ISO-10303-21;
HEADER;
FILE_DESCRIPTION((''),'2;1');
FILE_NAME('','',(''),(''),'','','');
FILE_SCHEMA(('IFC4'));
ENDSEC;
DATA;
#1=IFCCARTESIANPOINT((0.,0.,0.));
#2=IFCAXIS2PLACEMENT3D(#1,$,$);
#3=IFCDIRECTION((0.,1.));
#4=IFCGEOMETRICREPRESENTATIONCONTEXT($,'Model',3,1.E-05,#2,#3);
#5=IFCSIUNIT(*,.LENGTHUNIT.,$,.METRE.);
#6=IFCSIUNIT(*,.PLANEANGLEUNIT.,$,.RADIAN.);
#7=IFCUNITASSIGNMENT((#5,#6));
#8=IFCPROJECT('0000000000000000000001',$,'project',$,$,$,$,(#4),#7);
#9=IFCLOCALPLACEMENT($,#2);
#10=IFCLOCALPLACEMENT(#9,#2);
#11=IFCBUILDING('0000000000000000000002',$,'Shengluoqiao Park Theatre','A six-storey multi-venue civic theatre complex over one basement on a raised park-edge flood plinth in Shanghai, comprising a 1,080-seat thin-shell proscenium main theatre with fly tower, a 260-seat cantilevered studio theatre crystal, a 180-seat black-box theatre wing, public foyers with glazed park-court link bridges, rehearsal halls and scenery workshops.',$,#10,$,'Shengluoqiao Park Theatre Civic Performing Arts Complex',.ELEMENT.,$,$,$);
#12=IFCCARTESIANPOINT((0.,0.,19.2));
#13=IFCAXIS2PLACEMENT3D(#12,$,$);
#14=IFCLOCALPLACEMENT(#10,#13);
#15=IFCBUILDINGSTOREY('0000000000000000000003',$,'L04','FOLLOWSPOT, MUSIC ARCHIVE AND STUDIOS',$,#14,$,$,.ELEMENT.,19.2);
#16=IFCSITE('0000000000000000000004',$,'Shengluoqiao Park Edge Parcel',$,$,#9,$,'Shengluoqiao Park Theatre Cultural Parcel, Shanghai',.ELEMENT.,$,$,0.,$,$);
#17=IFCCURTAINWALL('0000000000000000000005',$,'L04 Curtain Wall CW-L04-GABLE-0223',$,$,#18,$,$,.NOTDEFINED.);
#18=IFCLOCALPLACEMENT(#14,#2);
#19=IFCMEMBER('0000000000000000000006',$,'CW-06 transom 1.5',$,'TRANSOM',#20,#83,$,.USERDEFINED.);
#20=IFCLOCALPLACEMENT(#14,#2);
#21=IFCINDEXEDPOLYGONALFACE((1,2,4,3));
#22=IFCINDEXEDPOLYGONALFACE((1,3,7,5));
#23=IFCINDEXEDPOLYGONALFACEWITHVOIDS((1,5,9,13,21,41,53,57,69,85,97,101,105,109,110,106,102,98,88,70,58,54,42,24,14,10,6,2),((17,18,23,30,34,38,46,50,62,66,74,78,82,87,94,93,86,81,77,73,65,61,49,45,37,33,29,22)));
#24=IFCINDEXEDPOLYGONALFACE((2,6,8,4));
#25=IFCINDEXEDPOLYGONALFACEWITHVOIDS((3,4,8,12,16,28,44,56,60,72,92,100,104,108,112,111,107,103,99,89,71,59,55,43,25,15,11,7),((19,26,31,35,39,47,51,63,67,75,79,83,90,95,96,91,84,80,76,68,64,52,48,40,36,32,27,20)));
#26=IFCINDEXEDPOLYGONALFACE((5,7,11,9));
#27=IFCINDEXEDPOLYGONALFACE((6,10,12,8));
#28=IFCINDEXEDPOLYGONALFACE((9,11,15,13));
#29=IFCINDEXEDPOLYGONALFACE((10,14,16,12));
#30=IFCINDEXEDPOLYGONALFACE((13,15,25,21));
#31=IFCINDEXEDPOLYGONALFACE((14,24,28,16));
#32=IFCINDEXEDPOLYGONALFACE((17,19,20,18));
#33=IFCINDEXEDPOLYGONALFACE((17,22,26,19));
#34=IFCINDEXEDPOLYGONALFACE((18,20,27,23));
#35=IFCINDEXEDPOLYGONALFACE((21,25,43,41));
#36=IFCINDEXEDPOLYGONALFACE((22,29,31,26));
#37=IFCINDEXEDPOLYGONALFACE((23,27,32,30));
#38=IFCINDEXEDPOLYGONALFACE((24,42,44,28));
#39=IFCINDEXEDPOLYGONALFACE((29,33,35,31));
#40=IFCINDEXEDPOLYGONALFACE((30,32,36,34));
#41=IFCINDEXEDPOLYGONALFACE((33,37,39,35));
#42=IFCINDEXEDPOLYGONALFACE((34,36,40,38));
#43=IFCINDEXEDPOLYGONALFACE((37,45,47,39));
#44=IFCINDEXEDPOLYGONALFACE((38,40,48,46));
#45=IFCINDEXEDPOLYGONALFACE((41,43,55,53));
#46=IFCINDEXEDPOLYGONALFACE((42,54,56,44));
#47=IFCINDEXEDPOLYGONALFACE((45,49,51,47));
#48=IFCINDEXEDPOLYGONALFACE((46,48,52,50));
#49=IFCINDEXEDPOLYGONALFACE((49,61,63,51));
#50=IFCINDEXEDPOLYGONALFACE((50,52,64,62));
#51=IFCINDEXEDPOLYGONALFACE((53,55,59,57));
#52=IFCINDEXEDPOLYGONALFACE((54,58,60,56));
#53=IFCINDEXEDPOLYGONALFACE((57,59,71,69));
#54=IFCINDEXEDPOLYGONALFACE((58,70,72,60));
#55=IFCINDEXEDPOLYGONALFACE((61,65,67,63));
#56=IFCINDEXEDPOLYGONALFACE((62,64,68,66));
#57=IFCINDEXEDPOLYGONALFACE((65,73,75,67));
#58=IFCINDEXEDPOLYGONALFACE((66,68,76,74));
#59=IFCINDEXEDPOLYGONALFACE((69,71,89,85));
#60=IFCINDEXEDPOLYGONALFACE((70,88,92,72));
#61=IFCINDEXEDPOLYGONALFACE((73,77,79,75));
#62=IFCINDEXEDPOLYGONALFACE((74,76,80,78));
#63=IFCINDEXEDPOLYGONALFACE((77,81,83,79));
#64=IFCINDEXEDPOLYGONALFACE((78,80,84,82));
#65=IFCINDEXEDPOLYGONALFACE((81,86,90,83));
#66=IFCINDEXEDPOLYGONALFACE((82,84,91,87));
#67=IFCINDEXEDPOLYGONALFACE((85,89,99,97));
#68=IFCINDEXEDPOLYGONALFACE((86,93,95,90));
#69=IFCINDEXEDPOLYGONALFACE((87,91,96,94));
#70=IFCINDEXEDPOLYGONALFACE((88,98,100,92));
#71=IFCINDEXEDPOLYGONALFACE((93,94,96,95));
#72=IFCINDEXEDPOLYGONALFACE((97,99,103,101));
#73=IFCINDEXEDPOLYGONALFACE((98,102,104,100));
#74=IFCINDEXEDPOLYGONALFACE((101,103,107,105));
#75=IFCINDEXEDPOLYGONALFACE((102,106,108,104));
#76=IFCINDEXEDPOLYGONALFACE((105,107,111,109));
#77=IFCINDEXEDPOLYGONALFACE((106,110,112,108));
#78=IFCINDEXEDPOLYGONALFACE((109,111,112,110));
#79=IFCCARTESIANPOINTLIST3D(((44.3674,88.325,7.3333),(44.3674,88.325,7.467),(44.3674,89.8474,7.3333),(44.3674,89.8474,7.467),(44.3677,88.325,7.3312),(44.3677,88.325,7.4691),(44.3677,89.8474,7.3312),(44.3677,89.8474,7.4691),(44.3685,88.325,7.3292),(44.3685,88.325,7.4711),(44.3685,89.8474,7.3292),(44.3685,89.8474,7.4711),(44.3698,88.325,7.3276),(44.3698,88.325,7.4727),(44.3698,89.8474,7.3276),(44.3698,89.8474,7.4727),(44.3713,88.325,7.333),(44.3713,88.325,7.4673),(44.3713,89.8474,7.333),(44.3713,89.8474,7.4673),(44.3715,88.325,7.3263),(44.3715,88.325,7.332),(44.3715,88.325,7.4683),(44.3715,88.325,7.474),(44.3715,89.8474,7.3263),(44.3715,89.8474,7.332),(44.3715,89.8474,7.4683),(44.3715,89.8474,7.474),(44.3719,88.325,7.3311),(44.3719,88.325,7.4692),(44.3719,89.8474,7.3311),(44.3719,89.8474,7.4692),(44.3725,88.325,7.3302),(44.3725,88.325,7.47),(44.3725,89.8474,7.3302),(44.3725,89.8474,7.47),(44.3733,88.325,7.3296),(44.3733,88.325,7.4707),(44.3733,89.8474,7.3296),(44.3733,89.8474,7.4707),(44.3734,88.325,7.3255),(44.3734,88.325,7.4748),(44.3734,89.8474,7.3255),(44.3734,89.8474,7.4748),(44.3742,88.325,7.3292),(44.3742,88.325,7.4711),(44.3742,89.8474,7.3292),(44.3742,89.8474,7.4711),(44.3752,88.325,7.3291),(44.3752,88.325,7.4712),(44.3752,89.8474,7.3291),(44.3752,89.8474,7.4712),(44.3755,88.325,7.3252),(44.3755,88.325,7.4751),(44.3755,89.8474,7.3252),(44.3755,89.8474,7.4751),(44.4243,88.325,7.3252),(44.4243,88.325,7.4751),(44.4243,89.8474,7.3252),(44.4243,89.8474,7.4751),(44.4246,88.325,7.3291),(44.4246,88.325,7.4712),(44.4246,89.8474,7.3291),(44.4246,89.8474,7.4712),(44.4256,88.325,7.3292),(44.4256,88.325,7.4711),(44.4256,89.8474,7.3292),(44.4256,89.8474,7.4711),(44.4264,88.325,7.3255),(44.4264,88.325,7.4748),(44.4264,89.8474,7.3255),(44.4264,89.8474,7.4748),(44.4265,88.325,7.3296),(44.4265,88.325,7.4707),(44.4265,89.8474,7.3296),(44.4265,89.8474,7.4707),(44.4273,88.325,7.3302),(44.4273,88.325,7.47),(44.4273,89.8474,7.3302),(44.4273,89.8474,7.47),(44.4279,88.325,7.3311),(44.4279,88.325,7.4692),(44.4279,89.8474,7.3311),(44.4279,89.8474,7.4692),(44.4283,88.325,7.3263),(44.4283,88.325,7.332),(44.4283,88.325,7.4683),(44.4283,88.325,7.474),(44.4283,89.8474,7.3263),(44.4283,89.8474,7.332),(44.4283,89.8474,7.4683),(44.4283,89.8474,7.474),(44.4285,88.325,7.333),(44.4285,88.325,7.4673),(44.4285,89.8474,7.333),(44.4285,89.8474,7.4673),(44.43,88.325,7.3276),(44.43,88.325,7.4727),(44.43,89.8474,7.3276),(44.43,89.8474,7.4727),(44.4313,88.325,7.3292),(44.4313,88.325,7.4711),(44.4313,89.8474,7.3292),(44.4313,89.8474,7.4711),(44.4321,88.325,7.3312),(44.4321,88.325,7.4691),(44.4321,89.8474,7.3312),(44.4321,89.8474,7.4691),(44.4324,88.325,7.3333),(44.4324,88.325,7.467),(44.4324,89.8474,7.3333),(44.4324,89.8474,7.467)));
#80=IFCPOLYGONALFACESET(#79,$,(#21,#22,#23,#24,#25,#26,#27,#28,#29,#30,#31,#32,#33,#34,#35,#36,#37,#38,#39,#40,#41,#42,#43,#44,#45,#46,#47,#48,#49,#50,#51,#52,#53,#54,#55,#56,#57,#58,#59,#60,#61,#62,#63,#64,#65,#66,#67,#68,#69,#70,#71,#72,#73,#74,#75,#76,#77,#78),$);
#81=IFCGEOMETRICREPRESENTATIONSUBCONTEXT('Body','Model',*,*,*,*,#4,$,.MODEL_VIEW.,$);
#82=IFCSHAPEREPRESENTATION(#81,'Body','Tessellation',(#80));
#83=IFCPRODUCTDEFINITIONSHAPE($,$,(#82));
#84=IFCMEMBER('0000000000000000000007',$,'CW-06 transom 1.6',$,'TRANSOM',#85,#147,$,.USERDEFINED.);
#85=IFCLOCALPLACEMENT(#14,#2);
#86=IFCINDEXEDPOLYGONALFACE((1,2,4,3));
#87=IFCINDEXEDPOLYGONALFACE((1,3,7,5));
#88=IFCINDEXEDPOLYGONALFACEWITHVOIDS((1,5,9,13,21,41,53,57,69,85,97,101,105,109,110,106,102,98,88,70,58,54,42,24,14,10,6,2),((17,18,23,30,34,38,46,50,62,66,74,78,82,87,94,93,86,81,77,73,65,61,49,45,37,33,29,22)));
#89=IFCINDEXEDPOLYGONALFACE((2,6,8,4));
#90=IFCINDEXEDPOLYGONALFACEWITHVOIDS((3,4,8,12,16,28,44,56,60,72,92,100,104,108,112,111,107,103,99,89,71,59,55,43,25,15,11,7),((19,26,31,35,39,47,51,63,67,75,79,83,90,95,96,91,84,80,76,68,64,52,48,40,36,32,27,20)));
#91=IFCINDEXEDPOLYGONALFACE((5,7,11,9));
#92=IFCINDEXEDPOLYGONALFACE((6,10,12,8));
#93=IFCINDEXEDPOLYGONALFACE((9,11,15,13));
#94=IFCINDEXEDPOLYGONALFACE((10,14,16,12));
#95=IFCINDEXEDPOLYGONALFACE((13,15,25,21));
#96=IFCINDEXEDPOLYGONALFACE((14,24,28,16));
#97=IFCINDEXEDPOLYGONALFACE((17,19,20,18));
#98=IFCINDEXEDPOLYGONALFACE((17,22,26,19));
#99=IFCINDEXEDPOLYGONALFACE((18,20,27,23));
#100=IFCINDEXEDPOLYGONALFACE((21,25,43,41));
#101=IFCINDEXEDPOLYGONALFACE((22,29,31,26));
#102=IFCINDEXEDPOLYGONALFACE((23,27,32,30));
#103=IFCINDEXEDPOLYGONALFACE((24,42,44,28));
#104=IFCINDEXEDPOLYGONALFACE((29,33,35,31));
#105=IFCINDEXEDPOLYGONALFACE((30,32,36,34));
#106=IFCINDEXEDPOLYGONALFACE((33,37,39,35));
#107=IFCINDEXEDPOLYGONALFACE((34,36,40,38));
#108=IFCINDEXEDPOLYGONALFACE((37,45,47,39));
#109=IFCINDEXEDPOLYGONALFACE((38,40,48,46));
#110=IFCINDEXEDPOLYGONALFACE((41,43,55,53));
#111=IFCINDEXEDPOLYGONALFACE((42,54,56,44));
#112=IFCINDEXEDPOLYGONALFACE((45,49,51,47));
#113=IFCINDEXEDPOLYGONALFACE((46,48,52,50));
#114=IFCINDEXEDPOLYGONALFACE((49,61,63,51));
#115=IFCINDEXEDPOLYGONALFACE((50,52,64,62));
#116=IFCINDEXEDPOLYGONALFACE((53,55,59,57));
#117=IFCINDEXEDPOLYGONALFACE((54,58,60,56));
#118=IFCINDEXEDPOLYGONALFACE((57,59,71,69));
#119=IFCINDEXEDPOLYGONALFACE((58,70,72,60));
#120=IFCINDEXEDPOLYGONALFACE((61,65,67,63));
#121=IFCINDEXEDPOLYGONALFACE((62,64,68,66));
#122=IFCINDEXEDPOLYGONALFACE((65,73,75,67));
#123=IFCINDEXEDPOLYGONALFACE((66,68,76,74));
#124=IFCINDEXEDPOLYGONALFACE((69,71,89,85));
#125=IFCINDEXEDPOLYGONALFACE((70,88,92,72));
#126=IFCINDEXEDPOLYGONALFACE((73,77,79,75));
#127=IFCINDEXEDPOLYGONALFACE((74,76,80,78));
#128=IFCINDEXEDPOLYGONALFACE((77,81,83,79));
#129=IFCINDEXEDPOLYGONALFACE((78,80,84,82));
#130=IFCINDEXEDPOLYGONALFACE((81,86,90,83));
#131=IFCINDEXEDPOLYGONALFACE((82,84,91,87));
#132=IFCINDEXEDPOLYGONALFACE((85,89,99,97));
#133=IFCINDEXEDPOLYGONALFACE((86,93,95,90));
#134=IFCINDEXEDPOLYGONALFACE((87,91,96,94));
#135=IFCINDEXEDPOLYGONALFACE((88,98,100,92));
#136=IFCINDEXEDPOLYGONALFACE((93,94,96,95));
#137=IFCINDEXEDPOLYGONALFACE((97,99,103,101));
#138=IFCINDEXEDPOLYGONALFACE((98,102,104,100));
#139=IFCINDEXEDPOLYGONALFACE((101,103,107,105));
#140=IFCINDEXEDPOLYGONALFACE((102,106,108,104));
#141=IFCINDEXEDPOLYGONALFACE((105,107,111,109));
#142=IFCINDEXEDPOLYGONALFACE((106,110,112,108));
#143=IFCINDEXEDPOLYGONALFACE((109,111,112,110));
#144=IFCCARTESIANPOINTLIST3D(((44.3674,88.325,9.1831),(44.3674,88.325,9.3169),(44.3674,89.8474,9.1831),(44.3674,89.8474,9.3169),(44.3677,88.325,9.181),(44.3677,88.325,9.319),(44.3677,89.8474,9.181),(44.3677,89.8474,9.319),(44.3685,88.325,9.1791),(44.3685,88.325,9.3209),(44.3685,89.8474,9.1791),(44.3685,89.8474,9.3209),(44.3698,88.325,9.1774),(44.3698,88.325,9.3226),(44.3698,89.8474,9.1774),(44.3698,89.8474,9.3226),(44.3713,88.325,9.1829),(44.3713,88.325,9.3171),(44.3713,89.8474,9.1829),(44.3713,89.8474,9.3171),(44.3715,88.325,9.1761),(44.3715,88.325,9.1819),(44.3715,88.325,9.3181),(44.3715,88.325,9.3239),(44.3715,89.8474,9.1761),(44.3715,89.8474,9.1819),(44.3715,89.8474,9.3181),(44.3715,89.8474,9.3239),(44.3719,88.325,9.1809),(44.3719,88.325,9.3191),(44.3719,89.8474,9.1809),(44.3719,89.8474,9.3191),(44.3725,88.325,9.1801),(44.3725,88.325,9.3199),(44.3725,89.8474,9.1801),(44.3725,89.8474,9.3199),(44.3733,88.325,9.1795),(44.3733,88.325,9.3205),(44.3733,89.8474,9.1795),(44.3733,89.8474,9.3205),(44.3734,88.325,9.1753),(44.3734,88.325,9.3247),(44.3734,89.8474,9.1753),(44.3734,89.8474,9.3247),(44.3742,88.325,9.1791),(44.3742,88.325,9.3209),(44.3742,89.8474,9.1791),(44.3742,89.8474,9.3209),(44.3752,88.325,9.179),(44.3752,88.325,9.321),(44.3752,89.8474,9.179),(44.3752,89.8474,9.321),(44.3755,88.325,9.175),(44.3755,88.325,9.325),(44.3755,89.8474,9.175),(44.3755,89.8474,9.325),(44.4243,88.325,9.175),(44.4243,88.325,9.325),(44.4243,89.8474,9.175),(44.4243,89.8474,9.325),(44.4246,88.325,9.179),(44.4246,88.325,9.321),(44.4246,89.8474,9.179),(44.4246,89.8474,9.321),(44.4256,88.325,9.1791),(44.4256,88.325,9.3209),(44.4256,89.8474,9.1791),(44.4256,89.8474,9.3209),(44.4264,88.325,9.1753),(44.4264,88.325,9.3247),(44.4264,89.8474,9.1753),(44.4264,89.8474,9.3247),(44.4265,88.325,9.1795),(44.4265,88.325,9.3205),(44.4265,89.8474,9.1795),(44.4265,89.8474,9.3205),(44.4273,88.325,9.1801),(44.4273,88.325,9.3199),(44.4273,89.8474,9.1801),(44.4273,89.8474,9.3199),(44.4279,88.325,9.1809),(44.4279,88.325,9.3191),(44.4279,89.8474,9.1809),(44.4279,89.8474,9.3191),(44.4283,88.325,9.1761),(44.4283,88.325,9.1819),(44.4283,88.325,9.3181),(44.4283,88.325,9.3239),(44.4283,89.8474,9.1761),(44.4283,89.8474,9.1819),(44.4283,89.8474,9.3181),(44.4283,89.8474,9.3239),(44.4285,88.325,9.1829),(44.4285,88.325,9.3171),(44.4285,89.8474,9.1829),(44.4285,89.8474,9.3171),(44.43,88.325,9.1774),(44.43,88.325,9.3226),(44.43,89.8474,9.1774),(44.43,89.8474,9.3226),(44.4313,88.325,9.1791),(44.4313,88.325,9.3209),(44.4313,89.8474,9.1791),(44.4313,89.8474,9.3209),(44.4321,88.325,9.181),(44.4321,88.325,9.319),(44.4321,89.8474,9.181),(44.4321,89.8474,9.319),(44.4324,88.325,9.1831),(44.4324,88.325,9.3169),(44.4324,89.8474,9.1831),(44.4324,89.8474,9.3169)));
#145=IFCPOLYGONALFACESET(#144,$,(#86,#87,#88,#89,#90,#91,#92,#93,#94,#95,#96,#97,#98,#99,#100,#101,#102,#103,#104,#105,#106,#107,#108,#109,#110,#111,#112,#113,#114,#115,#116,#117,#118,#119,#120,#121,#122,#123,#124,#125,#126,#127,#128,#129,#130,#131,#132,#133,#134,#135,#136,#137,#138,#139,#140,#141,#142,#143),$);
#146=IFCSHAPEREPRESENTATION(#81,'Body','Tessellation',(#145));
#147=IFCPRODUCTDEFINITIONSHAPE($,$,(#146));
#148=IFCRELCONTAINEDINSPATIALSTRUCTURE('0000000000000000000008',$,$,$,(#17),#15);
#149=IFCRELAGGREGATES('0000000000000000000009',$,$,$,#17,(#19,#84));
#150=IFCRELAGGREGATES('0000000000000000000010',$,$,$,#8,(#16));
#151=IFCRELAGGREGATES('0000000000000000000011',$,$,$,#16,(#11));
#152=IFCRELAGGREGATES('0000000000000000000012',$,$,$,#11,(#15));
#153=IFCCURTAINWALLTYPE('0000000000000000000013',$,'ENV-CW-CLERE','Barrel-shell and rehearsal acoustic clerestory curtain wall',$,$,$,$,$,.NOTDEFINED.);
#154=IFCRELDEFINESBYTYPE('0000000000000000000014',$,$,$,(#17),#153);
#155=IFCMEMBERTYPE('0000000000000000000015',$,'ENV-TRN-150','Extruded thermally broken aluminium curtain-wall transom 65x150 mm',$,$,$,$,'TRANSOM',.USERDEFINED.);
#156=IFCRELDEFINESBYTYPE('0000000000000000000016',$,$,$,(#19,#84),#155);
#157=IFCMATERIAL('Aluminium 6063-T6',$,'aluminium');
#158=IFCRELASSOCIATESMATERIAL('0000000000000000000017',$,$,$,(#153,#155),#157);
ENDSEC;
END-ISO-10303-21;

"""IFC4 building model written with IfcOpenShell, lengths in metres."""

from ifc_helpers import new_model, si_unit, direction, frame, origin, origin_2d, place, context, subcontext, project, spatial, hollow_rectangle, extrude, material, material_profile, profile_set, type_object, element, aggregate, save


model = new_model("IFC4")

# Units and contexts
model_context = context("Model", 3, precision=1e-05, world=origin(), true_north=direction((0.0, 1.0)))
body_context = subcontext(model_context, "Body", "Model", "MODEL_VIEW")
ifc_project = project(units=[si_unit("LENGTHUNIT", "METRE"), si_unit("PLANEANGLEUNIT", "RADIAN")], contexts=[model_context])

# Site, building, storey
site_placement = place(None, origin())
site = spatial("IfcSite", under=ifc_project, at=site_placement, Name="Shengluoqiao Park Edge Parcel", LongName="Shengluoqiao Park Theatre Cultural Parcel, Shanghai", CompositionType="ELEMENT", RefElevation=0.0)
building_placement = place(site_placement, origin())
building = spatial("IfcBuilding", under=site, at=building_placement, Name="Shengluoqiao Park Theatre", Description="A six-storey multi-venue civic theatre complex over one basement on a raised park-edge flood plinth in Shanghai, comprising a 1,080-seat thin-shell proscenium main theatre with fly tower, a 260-seat cantilevered studio theatre crystal, a 180-seat black-box theatre wing, public foyers with glazed park-court link bridges, rehearsal halls and scenery workshops.", LongName="Shengluoqiao Park Theatre Civic Performing Arts Complex", CompositionType="ELEMENT")
storey_placement = place(building_placement, frame((0.0, 0.0, 19.2)))
storey = spatial("IfcBuildingStorey", under=building, at=storey_placement, Name="L04", Description="FOLLOWSPOT, MUSIC ARCHIVE AND STUDIOS", CompositionType="ELEMENT", Elevation=19.2)

# Curtain wall, members
ifc_material_1 = material(Name="Aluminium 6063-T6", Category="aluminium")
curtain_wall_type = type_object("IfcCurtainWallType", Name="ENV-CW-CLERE", Description="Barrel-shell and rehearsal acoustic clerestory curtain wall", PredefinedType="NOTDEFINED", material=ifc_material_1)
curtain_wall_placement = place(storey_placement, origin())
curtain_wall = element("IfcCurtainWall", 1, at=curtain_wall_placement, inside=storey, type_object=curtain_wall_type, Name="L04 Curtain Wall CW-L04-GABLE-0223", PredefinedType="NOTDEFINED")
ifc_material_profile_1 = material_profile(ifc_material_1, hollow_rectangle(XDim=0.0649, YDim=0.1499, WallThickness=0.0039, InnerFilletRadius=0.0039, OuterFilletRadius=0.0081, at=origin_2d()), Name="ALU TRANSOM 150x65x4")
ifc_profile_set_1 = profile_set([ifc_material_profile_1], Name="Aluminium 6063-T6")
member_type_1 = type_object("IfcMemberType", Name="ENV-TRN-150", Description="Extruded thermally broken aluminium curtain-wall transom 65x150 mm", ElementType="TRANSOM", PredefinedType="USERDEFINED", material=ifc_profile_set_1)
member_1_placement = place(storey_placement, frame((44.3999, 88.325, 7.4001), z_axis=(0.0, 1.0, 0.0), x_axis=(-1.0, 0.0, 0.0)))
member_1 = element("IfcMember", 2, at=member_1_placement, type_object=member_type_1, Name="CW-06 transom 1.5", ObjectType="TRANSOM", PredefinedType="USERDEFINED", context=body_context, shape_type="SweptSolid", body=[
    extrude(hollow_rectangle(XDim=0.0649, YDim=0.1499, WallThickness=0.0039, InnerFilletRadius=0.0039, OuterFilletRadius=0.0081, at=origin_2d()), origin(), (0.0, 0.0, 1.0), 1.5225),
])
member_2_placement = place(storey_placement, frame((44.3999, 88.325, 9.25), z_axis=(0.0, 1.0, 0.0), x_axis=(-1.0, 0.0, 0.0)))
member_2 = element("IfcMember", 3, at=member_2_placement, type_object=member_type_1, Name="CW-06 transom 1.6", ObjectType="TRANSOM", PredefinedType="USERDEFINED", context=body_context, shape_type="SweptSolid", body=[
    extrude(hollow_rectangle(XDim=0.0649, YDim=0.1499, WallThickness=0.0039, InnerFilletRadius=0.0039, OuterFilletRadius=0.0081, at=origin_2d()), origin(), (0.0, 0.0, 1.0), 1.5225),
])
aggregate(curtain_wall, [member_1, member_2])

save(model, "model.ifc")
